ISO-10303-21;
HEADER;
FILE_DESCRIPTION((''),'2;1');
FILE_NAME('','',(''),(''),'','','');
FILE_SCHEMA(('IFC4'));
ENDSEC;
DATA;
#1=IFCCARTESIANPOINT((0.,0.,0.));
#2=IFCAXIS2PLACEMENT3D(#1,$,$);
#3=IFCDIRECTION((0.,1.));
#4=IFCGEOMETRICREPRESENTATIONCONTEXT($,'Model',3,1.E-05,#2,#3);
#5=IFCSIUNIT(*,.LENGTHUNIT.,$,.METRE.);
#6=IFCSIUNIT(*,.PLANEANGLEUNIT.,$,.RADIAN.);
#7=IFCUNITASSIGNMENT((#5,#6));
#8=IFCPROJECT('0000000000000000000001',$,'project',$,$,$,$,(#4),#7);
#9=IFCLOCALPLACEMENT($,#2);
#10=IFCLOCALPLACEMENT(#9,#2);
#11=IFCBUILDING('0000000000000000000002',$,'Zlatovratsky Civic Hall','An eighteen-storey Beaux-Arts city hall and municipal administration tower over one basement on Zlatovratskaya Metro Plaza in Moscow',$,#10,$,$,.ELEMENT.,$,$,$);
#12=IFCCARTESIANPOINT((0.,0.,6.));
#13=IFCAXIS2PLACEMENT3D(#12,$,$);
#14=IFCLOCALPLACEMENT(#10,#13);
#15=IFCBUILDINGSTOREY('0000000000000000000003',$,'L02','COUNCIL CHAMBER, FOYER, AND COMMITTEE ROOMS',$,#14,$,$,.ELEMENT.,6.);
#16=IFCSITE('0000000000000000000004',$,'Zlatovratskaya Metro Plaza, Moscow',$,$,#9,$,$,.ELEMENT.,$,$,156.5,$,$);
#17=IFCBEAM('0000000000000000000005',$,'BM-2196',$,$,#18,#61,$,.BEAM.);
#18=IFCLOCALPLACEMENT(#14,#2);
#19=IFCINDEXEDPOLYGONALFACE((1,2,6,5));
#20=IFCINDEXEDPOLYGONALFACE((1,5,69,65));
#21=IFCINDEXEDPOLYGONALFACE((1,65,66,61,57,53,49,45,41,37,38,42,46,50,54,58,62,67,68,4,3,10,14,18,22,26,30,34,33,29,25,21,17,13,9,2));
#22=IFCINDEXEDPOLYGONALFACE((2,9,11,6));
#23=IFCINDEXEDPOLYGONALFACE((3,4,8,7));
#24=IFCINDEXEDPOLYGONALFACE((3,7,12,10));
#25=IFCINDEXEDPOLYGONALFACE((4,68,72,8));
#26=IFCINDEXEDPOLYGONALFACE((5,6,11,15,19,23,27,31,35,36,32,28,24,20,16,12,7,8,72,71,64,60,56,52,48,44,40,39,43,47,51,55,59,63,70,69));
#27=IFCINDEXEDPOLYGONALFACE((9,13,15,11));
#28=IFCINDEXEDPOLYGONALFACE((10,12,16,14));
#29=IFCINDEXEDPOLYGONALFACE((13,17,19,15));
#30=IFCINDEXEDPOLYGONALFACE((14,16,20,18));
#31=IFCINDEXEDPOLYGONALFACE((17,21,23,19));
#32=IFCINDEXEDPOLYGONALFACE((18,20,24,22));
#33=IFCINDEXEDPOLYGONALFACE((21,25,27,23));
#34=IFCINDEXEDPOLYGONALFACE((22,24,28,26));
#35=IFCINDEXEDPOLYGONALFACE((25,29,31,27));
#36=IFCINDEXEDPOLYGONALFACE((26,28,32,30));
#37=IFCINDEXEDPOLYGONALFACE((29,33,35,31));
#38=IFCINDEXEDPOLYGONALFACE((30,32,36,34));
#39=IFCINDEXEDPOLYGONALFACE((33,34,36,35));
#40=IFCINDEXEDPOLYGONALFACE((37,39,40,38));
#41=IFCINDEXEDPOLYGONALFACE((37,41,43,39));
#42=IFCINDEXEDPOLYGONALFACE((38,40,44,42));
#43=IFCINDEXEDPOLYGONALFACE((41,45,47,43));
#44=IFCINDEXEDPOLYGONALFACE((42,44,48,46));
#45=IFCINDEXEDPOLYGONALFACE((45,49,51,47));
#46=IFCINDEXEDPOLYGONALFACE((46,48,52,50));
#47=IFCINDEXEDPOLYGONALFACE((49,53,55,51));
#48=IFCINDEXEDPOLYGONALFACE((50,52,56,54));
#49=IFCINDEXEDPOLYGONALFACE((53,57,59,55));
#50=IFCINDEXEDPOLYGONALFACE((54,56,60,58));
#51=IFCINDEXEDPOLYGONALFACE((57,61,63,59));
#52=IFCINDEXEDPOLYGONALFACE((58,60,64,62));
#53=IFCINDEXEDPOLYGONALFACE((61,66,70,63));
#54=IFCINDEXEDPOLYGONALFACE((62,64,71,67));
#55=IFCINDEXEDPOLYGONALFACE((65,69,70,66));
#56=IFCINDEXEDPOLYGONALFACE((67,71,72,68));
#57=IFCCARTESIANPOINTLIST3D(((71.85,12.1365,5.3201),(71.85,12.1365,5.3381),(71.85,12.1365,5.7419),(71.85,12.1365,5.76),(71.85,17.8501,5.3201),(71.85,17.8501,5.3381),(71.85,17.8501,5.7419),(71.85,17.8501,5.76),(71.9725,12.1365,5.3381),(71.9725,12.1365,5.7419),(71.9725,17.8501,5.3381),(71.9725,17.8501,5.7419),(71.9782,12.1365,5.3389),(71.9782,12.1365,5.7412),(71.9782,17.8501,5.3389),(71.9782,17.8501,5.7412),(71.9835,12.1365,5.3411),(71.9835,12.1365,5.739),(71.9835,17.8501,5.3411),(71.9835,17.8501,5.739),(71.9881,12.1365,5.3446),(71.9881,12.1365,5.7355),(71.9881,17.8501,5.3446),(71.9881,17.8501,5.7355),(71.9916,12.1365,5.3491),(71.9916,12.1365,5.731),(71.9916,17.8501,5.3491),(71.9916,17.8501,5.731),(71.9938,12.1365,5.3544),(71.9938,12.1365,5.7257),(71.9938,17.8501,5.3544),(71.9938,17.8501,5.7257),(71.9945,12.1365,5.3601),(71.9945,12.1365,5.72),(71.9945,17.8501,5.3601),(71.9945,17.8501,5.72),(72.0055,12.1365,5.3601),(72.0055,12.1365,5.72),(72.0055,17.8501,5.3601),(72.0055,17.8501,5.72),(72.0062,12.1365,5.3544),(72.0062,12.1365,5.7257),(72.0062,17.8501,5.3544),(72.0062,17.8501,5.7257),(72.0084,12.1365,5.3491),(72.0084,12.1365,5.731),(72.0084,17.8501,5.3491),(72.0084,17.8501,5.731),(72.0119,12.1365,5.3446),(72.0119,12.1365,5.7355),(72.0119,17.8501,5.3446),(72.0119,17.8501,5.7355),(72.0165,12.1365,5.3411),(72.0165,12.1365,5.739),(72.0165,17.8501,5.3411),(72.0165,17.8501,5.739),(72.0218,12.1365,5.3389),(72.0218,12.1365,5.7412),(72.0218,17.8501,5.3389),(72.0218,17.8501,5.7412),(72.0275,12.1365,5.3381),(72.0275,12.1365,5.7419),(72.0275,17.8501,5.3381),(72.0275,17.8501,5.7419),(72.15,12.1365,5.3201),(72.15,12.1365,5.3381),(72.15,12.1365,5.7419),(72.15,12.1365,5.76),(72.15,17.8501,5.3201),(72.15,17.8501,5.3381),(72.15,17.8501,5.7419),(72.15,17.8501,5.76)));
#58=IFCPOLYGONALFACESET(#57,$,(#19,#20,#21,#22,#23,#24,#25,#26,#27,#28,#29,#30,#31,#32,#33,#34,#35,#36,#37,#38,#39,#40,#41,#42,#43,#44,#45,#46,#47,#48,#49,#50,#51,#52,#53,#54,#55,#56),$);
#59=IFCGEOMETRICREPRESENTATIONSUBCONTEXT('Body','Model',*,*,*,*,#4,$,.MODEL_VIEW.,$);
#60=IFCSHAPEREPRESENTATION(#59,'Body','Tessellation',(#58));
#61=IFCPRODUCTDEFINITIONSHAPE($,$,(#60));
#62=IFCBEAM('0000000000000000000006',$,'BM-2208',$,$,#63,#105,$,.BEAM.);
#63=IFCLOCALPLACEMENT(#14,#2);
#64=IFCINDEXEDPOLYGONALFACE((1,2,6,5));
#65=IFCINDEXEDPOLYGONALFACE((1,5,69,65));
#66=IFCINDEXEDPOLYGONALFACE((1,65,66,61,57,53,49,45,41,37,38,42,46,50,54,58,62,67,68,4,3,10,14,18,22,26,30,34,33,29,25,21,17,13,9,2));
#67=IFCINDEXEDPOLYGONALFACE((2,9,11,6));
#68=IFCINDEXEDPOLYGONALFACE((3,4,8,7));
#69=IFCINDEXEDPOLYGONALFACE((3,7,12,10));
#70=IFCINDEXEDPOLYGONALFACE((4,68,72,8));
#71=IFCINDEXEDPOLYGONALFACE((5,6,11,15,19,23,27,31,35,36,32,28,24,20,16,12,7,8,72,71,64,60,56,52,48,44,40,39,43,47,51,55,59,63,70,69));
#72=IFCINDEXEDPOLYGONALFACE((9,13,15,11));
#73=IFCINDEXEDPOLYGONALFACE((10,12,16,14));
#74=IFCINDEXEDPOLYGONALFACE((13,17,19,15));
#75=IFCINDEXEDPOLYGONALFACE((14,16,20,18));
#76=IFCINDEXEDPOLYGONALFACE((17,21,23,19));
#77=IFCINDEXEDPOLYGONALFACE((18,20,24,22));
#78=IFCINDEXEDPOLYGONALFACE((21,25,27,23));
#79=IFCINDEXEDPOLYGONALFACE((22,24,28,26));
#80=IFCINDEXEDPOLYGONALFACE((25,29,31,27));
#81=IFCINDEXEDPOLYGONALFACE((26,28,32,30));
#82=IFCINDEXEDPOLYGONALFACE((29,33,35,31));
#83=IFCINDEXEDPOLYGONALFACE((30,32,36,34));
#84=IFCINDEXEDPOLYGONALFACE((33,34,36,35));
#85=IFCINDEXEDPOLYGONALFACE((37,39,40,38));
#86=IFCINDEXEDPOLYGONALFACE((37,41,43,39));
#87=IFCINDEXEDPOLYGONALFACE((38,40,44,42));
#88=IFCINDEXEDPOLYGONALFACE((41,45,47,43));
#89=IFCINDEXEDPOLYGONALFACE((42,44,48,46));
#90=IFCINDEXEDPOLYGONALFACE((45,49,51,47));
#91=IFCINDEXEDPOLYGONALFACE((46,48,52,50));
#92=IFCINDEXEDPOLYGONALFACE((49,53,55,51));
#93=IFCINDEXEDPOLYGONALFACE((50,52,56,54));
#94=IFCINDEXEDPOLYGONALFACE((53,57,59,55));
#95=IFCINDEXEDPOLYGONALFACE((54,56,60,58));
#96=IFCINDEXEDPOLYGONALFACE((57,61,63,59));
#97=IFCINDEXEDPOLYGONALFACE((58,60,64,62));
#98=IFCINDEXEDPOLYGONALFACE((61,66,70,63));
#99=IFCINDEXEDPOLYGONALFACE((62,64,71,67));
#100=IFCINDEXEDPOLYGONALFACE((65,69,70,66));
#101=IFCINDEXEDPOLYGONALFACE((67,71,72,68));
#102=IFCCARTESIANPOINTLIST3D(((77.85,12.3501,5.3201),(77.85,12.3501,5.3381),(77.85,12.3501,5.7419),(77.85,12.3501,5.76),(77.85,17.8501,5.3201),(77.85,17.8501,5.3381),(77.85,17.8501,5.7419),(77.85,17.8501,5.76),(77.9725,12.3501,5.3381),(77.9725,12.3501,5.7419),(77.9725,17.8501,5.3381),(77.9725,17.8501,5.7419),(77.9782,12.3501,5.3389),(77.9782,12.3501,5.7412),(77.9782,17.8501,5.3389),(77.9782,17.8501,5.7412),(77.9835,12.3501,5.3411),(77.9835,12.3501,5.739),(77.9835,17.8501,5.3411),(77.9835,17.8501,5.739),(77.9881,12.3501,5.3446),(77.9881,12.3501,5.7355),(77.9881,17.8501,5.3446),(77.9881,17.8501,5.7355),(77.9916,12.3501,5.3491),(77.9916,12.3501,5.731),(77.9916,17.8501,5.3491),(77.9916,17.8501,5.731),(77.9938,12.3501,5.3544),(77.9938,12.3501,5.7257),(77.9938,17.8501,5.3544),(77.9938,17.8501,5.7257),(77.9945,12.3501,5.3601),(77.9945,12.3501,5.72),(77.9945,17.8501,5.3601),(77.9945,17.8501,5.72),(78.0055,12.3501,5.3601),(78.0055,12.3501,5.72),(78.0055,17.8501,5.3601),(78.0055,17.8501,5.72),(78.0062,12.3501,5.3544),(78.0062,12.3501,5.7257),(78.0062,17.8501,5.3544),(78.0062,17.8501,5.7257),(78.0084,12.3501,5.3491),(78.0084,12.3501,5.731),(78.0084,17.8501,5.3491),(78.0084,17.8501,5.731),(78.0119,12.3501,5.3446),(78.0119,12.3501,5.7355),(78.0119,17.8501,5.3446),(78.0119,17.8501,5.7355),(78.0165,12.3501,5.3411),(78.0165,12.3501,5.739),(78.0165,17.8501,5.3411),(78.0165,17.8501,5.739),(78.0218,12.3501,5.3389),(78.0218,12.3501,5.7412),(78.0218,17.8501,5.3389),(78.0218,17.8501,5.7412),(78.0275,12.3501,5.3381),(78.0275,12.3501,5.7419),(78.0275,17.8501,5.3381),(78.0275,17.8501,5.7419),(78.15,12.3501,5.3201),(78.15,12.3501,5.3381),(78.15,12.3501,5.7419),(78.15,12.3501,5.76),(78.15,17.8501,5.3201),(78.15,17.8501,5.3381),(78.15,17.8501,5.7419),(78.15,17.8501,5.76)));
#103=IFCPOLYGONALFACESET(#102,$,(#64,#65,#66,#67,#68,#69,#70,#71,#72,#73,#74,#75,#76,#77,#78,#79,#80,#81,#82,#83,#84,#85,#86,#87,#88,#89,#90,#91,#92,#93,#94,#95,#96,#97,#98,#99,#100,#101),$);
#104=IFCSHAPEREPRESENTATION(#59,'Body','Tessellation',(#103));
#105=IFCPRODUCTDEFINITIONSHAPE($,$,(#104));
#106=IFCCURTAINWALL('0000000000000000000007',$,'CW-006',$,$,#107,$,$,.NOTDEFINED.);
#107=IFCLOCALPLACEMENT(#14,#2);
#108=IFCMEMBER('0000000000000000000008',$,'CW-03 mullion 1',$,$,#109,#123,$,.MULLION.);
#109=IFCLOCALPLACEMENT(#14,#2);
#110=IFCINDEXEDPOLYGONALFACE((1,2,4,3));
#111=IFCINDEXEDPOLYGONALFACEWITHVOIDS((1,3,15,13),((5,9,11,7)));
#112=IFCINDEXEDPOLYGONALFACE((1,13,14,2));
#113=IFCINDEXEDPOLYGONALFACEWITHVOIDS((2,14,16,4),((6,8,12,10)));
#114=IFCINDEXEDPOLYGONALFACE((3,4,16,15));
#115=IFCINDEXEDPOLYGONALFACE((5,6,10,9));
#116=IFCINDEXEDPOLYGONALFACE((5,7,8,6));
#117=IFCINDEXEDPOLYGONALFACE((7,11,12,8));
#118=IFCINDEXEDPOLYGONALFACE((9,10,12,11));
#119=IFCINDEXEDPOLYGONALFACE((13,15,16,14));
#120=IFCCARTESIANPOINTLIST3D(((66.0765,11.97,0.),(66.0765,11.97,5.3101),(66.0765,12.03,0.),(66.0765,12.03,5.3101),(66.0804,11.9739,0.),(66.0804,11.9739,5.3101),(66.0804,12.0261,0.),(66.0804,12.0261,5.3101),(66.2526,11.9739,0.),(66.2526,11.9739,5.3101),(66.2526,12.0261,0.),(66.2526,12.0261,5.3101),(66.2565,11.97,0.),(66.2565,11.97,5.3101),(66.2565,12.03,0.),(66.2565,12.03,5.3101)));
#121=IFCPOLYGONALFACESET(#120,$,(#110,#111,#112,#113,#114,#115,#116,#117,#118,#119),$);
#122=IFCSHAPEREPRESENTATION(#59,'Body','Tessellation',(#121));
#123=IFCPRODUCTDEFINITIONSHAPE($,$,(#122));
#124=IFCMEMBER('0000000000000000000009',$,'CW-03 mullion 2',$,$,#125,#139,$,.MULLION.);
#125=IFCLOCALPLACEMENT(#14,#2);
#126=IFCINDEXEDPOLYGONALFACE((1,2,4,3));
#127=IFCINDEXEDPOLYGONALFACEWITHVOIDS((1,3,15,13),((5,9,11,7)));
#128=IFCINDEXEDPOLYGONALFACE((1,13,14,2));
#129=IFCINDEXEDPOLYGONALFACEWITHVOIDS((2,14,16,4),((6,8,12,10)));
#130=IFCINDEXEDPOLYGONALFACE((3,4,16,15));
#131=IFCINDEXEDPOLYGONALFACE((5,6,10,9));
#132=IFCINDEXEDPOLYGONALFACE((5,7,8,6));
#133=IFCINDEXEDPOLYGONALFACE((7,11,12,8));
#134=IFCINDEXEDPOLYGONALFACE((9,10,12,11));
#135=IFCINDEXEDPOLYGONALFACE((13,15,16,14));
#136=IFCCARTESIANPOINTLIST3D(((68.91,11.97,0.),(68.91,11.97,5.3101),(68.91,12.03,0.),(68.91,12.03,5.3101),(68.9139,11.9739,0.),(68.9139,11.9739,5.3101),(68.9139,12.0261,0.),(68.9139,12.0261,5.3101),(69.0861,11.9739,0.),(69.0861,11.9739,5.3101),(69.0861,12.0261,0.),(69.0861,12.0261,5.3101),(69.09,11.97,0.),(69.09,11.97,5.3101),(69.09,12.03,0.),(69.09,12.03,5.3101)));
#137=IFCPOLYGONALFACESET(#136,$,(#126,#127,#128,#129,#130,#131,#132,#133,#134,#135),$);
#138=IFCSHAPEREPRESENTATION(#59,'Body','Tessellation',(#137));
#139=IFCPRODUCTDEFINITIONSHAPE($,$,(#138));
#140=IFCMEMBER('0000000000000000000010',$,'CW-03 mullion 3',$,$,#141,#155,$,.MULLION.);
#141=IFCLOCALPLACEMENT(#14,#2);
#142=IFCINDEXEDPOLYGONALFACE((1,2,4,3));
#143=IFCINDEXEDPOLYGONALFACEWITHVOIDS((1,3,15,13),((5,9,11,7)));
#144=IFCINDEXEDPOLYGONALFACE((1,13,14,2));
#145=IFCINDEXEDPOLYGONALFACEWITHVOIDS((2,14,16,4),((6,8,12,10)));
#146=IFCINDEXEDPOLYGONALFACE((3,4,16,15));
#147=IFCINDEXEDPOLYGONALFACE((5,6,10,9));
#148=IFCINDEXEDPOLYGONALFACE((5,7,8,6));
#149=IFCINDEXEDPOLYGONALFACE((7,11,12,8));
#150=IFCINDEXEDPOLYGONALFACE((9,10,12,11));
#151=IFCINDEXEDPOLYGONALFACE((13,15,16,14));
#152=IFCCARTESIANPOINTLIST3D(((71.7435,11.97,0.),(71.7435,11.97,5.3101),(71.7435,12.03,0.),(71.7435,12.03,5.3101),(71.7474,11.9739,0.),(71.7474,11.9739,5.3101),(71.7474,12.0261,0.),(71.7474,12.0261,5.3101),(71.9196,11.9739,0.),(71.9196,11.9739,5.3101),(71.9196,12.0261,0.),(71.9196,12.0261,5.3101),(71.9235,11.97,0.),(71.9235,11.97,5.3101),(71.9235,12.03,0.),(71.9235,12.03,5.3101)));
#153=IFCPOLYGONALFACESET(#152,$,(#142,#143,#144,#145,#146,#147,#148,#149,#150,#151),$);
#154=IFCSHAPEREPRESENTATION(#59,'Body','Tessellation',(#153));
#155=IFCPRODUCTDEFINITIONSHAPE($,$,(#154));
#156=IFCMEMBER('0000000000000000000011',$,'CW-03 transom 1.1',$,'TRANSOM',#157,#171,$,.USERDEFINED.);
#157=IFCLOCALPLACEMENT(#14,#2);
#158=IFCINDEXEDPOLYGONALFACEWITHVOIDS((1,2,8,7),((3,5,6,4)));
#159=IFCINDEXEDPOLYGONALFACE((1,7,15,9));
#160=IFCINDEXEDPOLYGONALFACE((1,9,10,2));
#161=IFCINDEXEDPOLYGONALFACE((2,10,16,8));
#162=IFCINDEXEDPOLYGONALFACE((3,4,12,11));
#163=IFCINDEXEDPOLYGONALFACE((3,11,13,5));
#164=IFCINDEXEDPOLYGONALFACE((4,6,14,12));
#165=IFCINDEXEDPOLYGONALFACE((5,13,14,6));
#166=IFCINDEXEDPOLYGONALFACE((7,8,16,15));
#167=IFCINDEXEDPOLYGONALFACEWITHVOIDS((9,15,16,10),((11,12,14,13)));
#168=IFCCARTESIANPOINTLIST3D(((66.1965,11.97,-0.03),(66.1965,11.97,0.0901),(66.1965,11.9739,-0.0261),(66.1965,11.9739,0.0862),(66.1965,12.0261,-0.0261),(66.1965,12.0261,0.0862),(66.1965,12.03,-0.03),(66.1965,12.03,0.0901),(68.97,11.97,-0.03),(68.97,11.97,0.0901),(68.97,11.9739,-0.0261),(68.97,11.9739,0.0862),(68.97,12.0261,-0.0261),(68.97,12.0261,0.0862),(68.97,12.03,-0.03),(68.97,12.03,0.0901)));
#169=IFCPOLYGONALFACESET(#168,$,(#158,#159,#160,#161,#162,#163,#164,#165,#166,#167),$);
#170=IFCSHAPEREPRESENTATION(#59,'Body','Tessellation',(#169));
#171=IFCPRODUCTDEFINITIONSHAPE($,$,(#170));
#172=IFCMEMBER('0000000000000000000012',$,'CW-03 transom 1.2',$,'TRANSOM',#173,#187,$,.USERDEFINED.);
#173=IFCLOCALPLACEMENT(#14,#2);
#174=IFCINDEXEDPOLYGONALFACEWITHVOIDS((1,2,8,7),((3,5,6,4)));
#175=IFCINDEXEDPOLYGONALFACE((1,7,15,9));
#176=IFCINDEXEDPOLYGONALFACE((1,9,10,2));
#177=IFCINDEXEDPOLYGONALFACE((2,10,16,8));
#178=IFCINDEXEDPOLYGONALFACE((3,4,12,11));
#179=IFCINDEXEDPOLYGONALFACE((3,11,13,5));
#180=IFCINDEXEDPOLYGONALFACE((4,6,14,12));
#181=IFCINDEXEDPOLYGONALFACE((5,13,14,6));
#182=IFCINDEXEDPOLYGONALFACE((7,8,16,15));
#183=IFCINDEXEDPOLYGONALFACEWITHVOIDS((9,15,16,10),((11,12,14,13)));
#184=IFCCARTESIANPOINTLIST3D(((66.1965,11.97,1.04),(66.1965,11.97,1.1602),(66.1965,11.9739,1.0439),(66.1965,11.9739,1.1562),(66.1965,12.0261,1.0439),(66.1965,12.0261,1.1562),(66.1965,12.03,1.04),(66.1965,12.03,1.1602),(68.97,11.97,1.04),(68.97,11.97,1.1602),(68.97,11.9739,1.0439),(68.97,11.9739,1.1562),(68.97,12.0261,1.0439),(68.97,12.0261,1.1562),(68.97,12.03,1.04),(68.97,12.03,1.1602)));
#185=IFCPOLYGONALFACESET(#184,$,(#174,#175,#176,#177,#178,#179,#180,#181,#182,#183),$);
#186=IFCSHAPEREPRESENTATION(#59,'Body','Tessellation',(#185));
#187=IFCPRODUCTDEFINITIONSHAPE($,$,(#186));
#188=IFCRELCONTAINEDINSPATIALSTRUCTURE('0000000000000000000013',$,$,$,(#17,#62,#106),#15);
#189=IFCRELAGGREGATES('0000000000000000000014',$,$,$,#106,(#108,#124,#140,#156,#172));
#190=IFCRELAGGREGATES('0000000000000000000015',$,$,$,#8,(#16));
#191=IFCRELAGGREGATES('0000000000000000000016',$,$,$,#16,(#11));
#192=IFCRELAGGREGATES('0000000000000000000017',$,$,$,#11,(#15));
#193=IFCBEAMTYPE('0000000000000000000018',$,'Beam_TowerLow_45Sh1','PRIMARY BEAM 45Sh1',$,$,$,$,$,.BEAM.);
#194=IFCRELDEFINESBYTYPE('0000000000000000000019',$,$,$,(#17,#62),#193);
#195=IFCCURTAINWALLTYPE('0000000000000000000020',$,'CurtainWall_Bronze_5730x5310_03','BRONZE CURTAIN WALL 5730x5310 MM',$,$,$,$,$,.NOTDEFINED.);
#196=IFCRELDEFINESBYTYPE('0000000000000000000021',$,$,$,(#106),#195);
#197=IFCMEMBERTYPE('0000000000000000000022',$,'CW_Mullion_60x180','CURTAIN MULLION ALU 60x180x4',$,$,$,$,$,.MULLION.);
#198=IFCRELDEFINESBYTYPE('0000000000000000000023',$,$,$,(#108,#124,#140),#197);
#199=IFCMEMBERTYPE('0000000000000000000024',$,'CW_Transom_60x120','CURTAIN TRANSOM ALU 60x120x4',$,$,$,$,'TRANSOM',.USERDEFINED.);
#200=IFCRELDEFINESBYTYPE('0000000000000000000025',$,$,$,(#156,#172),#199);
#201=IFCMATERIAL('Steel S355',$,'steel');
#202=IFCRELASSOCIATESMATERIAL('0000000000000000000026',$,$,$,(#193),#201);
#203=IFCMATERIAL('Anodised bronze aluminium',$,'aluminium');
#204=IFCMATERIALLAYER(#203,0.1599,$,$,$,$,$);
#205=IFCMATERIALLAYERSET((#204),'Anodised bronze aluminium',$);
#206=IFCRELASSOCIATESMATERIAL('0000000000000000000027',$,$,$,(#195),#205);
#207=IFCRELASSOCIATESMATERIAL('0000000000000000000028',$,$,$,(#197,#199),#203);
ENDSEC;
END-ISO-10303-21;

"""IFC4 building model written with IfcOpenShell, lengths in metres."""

from ifc_helpers import new_model, si_unit, direction, frame, origin, origin_2d, place, context, subcontext, project, spatial, hollow_rectangle, i_section, extrude, material, layer, layer_set, material_profile, profile_set, type_object, element, aggregate, save


model = new_model("IFC4")

# Units and contexts
model_context = context("Model", 3, precision=1e-05, world=origin(), true_north=direction((0.0, 1.0)))
body_context = subcontext(model_context, "Body", "Model", "MODEL_VIEW")
ifc_project = project(units=[si_unit("LENGTHUNIT", "METRE"), si_unit("PLANEANGLEUNIT", "RADIAN")], contexts=[model_context])

# Site, building, storey
site_placement = place(None, origin())
site = spatial("IfcSite", under=ifc_project, at=site_placement, Name="Zlatovratskaya Metro Plaza, Moscow", CompositionType="ELEMENT", RefElevation=156.5)
building_placement = place(site_placement, origin())
building = spatial("IfcBuilding", under=site, at=building_placement, Name="Zlatovratsky Civic Hall", Description="An eighteen-storey Beaux-Arts city hall and municipal administration tower over one basement on Zlatovratskaya Metro Plaza in Moscow", CompositionType="ELEMENT")
storey_placement = place(building_placement, frame((0.0, 0.0, 6.0)))
storey = spatial("IfcBuildingStorey", under=building, at=storey_placement, Name="L02", Description="COUNCIL CHAMBER, FOYER, AND COMMITTEE ROOMS", CompositionType="ELEMENT", Elevation=6.0)

# Shared definitions
ifc_material_1 = material(Name="Steel S355", Category="steel")

# Beams
ifc_material_profile_1 = material_profile(ifc_material_1, i_section(OverallWidth=0.3, OverallDepth=0.4399, WebThickness=0.011, FlangeThickness=0.0181, FilletRadius=0.022, at=origin_2d()), Name="45Sh1")
ifc_profile_set_1 = profile_set([ifc_material_profile_1], Name="Steel S355")
beam_type_1 = type_object("IfcBeamType", Name="Beam_TowerLow_45Sh1", Description="PRIMARY BEAM 45Sh1", PredefinedType="BEAM", material=ifc_profile_set_1)
beam_1_placement = place(storey_placement, frame((72.0, 12.1365, 5.54), z_axis=(0.0, 1.0, 0.0), x_axis=(-1.0, 0.0, 0.0)))
element("IfcBeam", 1, at=beam_1_placement, inside=storey, type_object=beam_type_1, Name="BM-2196", PredefinedType="BEAM", context=body_context, shape_type="SweptSolid", body=[
    extrude(i_section(OverallWidth=0.3, OverallDepth=0.4399, WebThickness=0.011, FlangeThickness=0.0181, FilletRadius=0.022, at=origin_2d()), origin(), (0.0, 0.0, 1.0), 5.7136),
])
beam_2_placement = place(storey_placement, frame((78.0, 12.3501, 5.54), z_axis=(0.0, 1.0, 0.0), x_axis=(-1.0, 0.0, 0.0)))
element("IfcBeam", 2, at=beam_2_placement, inside=storey, type_object=beam_type_1, Name="BM-2208", PredefinedType="BEAM", context=body_context, shape_type="SweptSolid", body=[
    extrude(i_section(OverallWidth=0.3, OverallDepth=0.4399, WebThickness=0.011, FlangeThickness=0.0181, FilletRadius=0.022, at=origin_2d()), origin(), (0.0, 0.0, 1.0), 5.5),
])

# Curtain wall, members
ifc_material_2 = material(Name="Anodised bronze aluminium", Category="aluminium")
ifc_layer_1 = layer(ifc_material_2, 0.1599)
ifc_layer_set_1 = layer_set([ifc_layer_1], Name="Anodised bronze aluminium")
curtain_wall_type = type_object("IfcCurtainWallType", Name="CurtainWall_Bronze_5730x5310_03", Description="BRONZE CURTAIN WALL 5730x5310 MM", PredefinedType="NOTDEFINED", material=ifc_layer_set_1)
curtain_wall_placement = place(storey_placement, origin())
curtain_wall = element("IfcCurtainWall", 3, at=curtain_wall_placement, inside=storey, type_object=curtain_wall_type, Name="CW-006", PredefinedType="NOTDEFINED")
ifc_material_profile_2 = material_profile(ifc_material_2, hollow_rectangle(XDim=0.0601, YDim=0.1799, WallThickness=0.0039, at=origin_2d()), Name="ALU 60x180x4")
ifc_profile_set_2 = profile_set([ifc_material_profile_2], Name="Anodised bronze aluminium")
member_type_1 = type_object("IfcMemberType", Name="CW_Mullion_60x180", Description="CURTAIN MULLION ALU 60x180x4", PredefinedType="MULLION", material=ifc_profile_set_2)
member_1_placement = place(storey_placement, frame((66.1665, 12.0, 0.0), z_axis=(0.0, 0.0, 1.0), x_axis=(0.0, 1.0, 0.0)))
member_1 = element("IfcMember", 4, at=member_1_placement, type_object=member_type_1, Name="CW-03 mullion 1", PredefinedType="MULLION", context=body_context, shape_type="SweptSolid", body=[
    extrude(hollow_rectangle(XDim=0.0601, YDim=0.1799, WallThickness=0.0039, at=origin_2d()), origin(), (0.0, 0.0, 1.0), 5.3101),
])
member_2_placement = place(storey_placement, frame((69.0, 12.0, 0.0), z_axis=(0.0, 0.0, 1.0), x_axis=(0.0, 1.0, 0.0)))
member_2 = element("IfcMember", 5, at=member_2_placement, type_object=member_type_1, Name="CW-03 mullion 2", PredefinedType="MULLION", context=body_context, shape_type="SweptSolid", body=[
    extrude(hollow_rectangle(XDim=0.0601, YDim=0.1799, WallThickness=0.0039, at=origin_2d()), origin(), (0.0, 0.0, 1.0), 5.3101),
])
member_3_placement = place(storey_placement, frame((71.8335, 12.0, 0.0), z_axis=(0.0, 0.0, 1.0), x_axis=(0.0, 1.0, 0.0)))
member_3 = element("IfcMember", 6, at=member_3_placement, type_object=member_type_1, Name="CW-03 mullion 3", PredefinedType="MULLION", context=body_context, shape_type="SweptSolid", body=[
    extrude(hollow_rectangle(XDim=0.0601, YDim=0.1799, WallThickness=0.0039, at=origin_2d()), origin(), (0.0, 0.0, 1.0), 5.3101),
])
ifc_material_profile_3 = material_profile(ifc_material_2, hollow_rectangle(XDim=0.0601, YDim=0.1201, WallThickness=0.0039, at=origin_2d()), Name="ALU 60x120x4")
ifc_profile_set_3 = profile_set([ifc_material_profile_3], Name="Anodised bronze aluminium")
member_type_2 = type_object("IfcMemberType", Name="CW_Transom_60x120", Description="CURTAIN TRANSOM ALU 60x120x4", ElementType="TRANSOM", PredefinedType="USERDEFINED", material=ifc_profile_set_3)
member_4_placement = place(storey_placement, frame((66.1965, 12.0, 0.03), z_axis=(1.0, 0.0, 0.0), x_axis=(0.0, 1.0, 0.0)))
member_4 = element("IfcMember", 7, at=member_4_placement, type_object=member_type_2, Name="CW-03 transom 1.1", ObjectType="TRANSOM", PredefinedType="USERDEFINED", context=body_context, shape_type="SweptSolid", body=[
    extrude(hollow_rectangle(XDim=0.0601, YDim=0.1201, WallThickness=0.0039, at=origin_2d()), origin(), (0.0, 0.0, 1.0), 2.7734),
])
member_5_placement = place(storey_placement, frame((66.1965, 12.0, 1.1001), z_axis=(1.0, 0.0, 0.0), x_axis=(0.0, 1.0, 0.0)))
member_5 = element("IfcMember", 8, at=member_5_placement, type_object=member_type_2, Name="CW-03 transom 1.2", ObjectType="TRANSOM", PredefinedType="USERDEFINED", context=body_context, shape_type="SweptSolid", body=[
    extrude(hollow_rectangle(XDim=0.0601, YDim=0.1201, WallThickness=0.0039, at=origin_2d()), origin(), (0.0, 0.0, 1.0), 2.7734),
])

aggregate(curtain_wall, [member_1, member_2, member_3, member_4, member_5])

save(model, "model.ifc")
